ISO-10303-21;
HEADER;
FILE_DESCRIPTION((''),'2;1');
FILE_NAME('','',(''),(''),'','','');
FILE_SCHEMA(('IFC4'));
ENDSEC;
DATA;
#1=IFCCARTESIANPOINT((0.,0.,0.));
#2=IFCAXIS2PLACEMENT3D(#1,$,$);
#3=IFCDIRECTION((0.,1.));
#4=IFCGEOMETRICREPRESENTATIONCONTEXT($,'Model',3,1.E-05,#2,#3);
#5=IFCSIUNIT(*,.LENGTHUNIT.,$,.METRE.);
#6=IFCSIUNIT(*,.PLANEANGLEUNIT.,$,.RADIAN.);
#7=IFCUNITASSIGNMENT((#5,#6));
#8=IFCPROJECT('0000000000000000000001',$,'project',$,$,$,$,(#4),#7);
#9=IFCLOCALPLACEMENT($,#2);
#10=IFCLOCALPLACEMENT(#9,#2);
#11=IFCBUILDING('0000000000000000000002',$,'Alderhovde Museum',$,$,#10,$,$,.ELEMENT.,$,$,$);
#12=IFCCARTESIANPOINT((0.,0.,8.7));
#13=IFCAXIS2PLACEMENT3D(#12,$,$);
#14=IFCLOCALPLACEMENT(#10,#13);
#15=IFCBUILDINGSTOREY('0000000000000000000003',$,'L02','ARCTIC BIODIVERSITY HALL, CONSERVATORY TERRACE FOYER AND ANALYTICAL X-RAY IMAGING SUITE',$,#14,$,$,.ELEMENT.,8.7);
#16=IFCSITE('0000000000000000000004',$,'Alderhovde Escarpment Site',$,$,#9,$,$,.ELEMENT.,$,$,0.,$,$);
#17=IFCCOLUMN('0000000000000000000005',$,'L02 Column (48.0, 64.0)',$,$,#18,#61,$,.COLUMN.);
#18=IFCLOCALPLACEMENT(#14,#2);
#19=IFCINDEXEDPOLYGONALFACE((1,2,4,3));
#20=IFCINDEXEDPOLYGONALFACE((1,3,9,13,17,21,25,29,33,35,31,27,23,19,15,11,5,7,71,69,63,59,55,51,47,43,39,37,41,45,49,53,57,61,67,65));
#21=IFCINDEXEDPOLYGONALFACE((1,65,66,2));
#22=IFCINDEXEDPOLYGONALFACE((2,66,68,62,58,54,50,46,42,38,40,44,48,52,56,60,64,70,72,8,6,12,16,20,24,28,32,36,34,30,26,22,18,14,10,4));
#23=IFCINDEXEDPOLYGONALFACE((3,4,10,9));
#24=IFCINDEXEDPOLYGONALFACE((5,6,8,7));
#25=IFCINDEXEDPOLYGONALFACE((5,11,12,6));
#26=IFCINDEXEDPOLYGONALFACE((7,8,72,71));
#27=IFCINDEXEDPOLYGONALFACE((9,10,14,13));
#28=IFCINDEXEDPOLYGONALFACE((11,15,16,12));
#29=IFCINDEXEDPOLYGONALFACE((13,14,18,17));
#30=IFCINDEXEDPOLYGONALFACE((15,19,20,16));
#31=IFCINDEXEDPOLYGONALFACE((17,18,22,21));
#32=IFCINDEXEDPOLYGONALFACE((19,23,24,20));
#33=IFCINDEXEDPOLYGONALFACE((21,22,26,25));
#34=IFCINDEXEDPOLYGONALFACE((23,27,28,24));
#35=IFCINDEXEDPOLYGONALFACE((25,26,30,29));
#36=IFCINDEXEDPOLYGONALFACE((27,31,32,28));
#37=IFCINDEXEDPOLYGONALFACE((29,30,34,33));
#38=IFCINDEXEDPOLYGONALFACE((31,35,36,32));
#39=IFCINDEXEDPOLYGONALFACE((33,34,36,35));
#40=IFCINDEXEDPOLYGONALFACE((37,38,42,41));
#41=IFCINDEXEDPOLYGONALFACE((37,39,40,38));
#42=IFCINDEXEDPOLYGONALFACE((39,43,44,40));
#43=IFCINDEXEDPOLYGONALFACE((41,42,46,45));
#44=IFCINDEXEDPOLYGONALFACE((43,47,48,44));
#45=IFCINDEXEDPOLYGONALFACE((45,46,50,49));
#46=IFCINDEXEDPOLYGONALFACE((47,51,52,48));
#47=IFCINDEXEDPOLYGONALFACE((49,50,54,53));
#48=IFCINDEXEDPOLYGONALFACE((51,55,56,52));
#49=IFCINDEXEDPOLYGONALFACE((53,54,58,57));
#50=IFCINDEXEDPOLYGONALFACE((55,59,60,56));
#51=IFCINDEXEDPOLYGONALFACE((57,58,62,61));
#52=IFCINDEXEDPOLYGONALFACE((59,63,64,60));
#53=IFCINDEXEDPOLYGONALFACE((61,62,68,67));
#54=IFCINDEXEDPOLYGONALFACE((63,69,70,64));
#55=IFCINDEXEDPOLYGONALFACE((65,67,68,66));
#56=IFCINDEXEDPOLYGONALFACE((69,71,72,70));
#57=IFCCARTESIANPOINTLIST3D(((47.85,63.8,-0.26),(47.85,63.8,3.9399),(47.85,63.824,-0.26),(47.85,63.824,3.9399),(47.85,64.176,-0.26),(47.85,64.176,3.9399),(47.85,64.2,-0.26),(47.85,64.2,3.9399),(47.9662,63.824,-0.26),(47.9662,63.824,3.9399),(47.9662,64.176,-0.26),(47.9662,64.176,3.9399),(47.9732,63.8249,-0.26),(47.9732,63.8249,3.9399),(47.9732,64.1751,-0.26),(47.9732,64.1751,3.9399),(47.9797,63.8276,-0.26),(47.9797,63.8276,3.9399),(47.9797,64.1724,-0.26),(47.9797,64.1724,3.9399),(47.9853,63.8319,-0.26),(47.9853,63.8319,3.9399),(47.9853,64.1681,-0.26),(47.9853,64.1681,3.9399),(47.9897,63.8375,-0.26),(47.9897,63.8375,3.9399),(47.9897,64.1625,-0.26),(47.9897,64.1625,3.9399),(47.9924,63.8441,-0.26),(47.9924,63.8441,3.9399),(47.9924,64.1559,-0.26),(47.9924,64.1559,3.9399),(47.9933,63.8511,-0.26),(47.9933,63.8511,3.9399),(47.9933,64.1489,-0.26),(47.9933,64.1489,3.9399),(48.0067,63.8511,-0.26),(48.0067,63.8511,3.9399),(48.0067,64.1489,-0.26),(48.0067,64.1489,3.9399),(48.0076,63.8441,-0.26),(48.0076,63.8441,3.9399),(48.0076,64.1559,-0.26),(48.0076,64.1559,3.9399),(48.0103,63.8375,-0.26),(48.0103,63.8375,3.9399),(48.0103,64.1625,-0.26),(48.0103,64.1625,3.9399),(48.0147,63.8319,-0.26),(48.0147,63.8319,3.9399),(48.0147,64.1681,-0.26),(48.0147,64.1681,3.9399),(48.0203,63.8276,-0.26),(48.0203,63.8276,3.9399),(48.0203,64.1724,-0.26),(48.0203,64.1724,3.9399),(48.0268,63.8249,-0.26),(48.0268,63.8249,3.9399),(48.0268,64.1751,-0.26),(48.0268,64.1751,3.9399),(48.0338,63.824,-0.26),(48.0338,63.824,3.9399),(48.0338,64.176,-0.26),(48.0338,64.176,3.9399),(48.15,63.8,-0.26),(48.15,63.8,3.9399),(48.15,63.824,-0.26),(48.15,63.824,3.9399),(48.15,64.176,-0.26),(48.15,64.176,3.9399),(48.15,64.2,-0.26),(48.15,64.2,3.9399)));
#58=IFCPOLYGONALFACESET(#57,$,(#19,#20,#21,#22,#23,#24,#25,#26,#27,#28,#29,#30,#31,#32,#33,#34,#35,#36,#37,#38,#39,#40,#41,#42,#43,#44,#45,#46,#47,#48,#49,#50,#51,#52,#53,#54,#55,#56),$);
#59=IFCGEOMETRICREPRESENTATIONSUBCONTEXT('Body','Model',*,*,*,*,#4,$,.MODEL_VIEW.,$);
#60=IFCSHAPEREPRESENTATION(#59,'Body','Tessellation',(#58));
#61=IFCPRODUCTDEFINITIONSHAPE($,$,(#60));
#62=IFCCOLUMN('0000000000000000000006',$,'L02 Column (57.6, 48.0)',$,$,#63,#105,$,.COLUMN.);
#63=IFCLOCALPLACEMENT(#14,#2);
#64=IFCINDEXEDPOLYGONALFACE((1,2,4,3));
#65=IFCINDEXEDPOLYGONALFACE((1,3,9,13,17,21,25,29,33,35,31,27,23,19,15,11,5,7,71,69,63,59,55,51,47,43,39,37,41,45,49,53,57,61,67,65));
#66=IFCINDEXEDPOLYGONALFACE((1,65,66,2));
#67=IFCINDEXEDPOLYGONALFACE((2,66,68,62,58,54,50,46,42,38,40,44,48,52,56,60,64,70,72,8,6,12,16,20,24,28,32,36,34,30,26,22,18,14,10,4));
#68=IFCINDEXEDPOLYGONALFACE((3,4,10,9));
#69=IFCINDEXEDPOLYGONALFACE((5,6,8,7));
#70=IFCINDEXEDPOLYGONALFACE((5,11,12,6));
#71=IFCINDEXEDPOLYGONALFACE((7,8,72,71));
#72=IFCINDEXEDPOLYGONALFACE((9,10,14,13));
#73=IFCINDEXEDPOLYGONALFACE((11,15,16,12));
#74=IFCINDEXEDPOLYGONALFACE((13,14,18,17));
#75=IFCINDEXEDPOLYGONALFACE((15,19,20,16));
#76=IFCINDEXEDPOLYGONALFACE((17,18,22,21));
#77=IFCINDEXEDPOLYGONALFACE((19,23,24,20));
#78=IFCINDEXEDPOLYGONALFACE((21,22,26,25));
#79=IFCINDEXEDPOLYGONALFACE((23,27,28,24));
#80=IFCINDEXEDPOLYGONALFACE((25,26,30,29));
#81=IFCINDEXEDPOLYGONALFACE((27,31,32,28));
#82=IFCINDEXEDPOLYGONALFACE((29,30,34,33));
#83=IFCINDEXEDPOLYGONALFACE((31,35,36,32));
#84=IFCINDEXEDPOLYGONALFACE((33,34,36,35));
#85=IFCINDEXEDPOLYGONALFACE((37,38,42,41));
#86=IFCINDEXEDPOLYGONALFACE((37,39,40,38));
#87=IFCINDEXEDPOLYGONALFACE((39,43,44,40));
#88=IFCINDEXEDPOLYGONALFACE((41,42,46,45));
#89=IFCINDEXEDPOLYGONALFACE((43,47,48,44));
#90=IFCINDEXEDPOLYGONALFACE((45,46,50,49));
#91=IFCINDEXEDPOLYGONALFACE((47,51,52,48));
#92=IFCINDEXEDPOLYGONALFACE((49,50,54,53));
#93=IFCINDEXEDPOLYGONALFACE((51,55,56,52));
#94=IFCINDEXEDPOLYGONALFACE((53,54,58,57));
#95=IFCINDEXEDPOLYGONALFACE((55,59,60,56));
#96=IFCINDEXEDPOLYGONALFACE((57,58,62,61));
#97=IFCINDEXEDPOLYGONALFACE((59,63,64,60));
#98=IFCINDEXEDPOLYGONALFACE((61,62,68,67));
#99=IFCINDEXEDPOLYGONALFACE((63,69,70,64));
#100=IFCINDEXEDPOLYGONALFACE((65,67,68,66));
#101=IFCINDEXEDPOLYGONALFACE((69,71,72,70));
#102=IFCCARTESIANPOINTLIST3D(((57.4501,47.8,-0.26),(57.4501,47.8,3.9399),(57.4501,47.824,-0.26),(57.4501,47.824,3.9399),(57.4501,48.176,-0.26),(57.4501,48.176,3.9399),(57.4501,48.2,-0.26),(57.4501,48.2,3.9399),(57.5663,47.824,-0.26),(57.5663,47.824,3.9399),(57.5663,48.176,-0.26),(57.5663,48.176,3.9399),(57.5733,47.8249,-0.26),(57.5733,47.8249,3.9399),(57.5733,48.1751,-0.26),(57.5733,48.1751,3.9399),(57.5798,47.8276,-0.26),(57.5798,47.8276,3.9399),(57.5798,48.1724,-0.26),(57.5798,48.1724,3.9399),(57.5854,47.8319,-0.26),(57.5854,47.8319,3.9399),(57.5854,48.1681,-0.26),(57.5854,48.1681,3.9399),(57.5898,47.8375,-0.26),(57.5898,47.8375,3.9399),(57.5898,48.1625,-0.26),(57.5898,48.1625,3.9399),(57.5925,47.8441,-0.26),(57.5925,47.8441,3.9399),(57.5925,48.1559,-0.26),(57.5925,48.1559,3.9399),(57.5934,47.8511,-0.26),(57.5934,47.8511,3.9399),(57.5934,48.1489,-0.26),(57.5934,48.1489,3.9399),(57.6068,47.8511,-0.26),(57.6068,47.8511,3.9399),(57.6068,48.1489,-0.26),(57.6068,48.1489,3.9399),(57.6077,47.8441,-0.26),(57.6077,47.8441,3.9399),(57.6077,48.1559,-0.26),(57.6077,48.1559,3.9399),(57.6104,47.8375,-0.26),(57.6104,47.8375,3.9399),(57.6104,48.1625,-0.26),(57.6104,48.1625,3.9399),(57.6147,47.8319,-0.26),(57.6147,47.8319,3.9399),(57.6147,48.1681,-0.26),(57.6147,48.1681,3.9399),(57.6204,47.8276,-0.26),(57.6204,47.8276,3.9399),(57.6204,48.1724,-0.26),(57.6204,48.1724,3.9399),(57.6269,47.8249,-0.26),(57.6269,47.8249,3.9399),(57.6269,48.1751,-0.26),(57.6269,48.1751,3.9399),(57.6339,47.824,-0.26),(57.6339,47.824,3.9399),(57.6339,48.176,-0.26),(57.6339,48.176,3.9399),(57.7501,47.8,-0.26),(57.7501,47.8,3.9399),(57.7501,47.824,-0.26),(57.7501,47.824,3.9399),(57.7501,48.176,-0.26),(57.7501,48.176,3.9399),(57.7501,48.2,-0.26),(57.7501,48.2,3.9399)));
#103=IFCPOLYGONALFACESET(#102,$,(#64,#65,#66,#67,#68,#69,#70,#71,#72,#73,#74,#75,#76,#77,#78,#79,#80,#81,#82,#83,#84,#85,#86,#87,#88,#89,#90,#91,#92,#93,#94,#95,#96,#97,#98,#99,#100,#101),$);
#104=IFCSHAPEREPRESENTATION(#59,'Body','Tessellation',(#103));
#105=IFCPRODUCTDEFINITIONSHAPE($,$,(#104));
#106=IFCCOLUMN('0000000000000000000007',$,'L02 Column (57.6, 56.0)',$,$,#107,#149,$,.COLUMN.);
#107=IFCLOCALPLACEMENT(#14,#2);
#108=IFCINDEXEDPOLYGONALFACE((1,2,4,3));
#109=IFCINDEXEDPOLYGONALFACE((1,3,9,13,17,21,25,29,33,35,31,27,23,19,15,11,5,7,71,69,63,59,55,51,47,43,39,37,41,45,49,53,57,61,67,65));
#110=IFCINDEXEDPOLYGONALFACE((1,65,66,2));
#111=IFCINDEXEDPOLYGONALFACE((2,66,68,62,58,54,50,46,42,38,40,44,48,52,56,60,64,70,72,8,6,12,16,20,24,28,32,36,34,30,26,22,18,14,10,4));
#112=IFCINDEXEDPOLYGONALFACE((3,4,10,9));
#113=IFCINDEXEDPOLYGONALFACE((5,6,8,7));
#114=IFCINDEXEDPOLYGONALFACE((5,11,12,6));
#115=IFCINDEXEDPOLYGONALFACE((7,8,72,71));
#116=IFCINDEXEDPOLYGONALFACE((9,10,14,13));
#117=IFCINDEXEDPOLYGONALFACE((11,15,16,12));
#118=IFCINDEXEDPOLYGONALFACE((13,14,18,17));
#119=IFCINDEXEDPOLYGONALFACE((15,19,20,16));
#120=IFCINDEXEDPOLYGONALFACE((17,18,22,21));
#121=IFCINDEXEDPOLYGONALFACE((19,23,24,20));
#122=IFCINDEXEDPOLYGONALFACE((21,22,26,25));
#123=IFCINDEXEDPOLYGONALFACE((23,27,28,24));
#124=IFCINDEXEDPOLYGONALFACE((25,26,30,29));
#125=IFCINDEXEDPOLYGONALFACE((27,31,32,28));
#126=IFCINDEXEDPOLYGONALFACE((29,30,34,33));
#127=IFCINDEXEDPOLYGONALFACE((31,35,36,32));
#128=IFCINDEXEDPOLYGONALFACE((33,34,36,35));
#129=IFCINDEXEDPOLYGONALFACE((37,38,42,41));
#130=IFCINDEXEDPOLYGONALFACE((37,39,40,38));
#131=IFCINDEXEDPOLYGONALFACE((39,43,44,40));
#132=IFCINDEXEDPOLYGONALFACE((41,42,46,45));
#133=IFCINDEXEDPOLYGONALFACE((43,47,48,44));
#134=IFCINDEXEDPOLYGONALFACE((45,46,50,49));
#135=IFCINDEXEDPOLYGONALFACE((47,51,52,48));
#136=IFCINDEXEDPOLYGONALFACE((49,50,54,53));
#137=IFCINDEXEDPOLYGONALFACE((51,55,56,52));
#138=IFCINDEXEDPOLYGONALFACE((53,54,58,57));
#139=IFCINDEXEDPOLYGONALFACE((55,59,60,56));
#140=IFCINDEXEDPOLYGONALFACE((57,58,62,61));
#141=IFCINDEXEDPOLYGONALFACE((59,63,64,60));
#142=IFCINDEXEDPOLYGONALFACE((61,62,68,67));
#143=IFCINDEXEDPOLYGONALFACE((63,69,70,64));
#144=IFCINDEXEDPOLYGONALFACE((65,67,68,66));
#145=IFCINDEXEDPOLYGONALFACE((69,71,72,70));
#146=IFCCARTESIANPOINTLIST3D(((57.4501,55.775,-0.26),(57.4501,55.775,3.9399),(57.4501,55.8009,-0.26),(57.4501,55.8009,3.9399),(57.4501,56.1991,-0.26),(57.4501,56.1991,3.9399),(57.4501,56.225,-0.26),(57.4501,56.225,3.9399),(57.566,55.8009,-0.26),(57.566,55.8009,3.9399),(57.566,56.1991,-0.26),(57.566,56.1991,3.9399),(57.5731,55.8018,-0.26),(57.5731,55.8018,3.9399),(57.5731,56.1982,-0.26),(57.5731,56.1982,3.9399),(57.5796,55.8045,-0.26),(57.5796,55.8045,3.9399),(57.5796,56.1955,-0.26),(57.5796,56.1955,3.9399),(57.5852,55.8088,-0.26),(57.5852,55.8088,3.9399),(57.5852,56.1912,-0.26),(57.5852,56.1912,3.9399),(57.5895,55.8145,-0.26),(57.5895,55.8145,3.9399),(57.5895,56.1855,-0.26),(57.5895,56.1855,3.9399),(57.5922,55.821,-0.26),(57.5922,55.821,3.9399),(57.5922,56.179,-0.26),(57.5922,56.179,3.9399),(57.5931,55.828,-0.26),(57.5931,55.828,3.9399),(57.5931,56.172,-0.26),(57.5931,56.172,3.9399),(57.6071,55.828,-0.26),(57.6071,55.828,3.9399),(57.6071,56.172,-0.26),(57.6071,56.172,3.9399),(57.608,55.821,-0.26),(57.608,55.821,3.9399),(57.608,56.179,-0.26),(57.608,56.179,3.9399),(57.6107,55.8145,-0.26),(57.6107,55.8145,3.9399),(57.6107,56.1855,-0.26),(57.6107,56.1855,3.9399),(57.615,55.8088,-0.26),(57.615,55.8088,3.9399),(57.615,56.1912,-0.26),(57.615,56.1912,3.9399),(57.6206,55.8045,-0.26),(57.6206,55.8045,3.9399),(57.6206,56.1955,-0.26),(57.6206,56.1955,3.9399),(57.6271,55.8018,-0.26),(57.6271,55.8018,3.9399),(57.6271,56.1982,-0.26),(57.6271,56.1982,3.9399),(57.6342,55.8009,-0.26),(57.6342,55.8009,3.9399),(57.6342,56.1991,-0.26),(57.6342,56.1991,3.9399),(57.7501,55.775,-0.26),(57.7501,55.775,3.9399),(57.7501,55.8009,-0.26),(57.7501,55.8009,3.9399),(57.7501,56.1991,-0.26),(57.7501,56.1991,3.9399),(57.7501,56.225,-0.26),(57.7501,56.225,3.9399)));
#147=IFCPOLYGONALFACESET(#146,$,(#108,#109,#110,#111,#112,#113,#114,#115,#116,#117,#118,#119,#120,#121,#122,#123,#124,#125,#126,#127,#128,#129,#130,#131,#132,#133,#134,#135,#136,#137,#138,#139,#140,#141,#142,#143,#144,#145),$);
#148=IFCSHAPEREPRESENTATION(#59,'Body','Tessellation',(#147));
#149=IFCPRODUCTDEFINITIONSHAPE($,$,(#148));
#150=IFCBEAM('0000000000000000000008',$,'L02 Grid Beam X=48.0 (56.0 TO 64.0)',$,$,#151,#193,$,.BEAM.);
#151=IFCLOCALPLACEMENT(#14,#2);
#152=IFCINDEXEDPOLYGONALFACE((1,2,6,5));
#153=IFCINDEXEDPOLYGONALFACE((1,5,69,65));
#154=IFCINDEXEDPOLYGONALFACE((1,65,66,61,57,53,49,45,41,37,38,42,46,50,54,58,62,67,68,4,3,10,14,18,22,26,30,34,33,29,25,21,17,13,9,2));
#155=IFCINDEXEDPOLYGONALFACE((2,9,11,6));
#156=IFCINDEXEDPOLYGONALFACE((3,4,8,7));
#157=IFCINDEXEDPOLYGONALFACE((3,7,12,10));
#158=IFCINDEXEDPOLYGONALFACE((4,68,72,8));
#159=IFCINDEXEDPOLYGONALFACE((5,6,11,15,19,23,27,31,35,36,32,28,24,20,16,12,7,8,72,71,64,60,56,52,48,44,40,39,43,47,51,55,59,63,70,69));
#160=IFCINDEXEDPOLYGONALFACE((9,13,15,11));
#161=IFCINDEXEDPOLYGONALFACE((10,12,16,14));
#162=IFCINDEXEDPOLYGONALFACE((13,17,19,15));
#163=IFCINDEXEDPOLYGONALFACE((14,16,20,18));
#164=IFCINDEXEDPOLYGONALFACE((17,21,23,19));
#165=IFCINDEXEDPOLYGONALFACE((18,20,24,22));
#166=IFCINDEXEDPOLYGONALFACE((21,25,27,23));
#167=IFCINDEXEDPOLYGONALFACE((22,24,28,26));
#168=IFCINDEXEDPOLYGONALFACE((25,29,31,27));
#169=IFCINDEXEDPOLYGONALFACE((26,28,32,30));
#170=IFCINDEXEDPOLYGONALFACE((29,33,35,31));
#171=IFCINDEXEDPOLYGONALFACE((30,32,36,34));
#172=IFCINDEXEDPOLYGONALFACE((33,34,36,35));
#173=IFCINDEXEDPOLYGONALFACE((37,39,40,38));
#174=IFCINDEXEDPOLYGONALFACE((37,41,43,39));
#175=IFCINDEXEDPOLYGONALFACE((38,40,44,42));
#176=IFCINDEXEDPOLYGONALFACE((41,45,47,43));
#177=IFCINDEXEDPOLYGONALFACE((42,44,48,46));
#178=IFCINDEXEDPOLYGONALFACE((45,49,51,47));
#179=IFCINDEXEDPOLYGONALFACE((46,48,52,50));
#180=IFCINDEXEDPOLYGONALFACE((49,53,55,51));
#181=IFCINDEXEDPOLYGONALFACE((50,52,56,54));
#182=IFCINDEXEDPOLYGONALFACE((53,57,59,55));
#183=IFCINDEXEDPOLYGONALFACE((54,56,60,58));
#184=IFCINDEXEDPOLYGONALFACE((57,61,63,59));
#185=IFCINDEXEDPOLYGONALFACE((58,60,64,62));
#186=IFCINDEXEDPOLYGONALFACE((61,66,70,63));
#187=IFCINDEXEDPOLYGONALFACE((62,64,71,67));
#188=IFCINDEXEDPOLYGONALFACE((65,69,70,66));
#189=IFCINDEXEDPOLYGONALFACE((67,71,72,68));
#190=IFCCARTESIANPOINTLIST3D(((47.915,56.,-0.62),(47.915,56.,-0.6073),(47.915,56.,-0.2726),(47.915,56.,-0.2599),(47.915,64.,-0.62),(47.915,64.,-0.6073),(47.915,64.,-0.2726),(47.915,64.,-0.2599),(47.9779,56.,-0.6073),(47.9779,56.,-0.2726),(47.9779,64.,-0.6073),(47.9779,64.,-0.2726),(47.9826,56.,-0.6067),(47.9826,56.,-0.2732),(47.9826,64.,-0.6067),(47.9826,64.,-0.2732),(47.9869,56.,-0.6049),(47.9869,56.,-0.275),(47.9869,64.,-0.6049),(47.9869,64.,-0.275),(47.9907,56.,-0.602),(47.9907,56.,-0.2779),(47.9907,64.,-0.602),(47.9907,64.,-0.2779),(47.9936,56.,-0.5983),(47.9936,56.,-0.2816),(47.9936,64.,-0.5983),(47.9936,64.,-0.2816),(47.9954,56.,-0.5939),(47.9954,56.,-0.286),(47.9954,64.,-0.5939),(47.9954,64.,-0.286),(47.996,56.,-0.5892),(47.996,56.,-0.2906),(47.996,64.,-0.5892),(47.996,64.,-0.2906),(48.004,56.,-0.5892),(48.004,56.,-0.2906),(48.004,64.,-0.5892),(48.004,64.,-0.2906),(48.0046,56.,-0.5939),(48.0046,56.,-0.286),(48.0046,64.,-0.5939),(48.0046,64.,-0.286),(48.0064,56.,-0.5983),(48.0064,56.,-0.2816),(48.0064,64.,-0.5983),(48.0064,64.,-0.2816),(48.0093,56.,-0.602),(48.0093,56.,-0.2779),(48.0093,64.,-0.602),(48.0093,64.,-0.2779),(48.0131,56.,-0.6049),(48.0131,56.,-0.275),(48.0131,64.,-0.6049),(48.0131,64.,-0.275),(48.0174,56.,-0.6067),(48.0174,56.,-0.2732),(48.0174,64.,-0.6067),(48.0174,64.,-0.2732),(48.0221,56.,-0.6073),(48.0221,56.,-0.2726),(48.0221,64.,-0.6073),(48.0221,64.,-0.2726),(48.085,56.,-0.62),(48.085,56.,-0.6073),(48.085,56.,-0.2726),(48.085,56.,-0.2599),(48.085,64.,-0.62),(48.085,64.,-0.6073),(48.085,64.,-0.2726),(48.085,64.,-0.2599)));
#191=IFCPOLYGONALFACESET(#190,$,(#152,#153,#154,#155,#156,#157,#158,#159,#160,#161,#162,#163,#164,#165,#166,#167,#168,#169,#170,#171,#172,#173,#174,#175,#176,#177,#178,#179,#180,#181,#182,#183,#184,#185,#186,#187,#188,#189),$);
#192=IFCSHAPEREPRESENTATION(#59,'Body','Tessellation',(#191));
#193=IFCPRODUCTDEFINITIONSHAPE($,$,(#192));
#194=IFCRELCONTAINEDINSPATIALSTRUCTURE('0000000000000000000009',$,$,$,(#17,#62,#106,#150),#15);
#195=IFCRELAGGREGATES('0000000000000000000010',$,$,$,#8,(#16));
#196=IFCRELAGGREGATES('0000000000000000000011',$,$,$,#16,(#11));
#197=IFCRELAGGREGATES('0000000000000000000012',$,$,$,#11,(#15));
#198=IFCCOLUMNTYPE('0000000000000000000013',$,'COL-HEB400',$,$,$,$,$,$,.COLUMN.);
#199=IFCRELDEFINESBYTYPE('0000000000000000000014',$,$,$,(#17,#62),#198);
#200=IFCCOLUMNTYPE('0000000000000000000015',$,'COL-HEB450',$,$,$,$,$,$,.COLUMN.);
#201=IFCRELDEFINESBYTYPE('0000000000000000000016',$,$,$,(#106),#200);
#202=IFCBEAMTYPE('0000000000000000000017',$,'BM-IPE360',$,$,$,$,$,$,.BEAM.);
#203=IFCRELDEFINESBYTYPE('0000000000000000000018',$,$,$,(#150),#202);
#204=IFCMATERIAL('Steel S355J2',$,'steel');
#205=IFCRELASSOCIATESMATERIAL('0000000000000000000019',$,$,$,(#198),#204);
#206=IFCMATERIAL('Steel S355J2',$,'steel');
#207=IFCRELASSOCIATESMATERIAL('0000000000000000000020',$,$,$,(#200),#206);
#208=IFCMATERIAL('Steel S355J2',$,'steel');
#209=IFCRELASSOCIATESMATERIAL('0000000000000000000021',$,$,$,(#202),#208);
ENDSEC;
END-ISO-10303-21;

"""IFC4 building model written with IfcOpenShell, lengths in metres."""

from ifc_helpers import new_model, si_unit, direction, frame, origin, origin_2d, place, context, subcontext, project, spatial, i_section, extrude, material, material_profile, profile_set, type_object, element, save


model = new_model("IFC4")

# Units and contexts
model_context = context("Model", 3, precision=1e-05, world=origin(), true_north=direction((0.0, 1.0)))
body_context = subcontext(model_context, "Body", "Model", "MODEL_VIEW")
ifc_project = project(units=[si_unit("LENGTHUNIT", "METRE"), si_unit("PLANEANGLEUNIT", "RADIAN")], contexts=[model_context])

# Site, building, storey
site_placement = place(None, origin())
site = spatial("IfcSite", under=ifc_project, at=site_placement, Name="Alderhovde Escarpment Site", CompositionType="ELEMENT", RefElevation=0.0)
building_placement = place(site_placement, origin())
building = spatial("IfcBuilding", under=site, at=building_placement, Name="Alderhovde Museum", CompositionType="ELEMENT")
storey_placement = place(building_placement, frame((0.0, 0.0, 8.7)))
storey = spatial("IfcBuildingStorey", under=building, at=storey_placement, Name="L02", Description="ARCTIC BIODIVERSITY HALL, CONSERVATORY TERRACE FOYER AND ANALYTICAL X-RAY IMAGING SUITE", CompositionType="ELEMENT", Elevation=8.7)

# Columns
ifc_material_1 = material(Name="Steel S355J2", Category="steel")
ifc_material_profile_1 = material_profile(ifc_material_1, i_section(OverallWidth=0.3, OverallDepth=0.3999, WebThickness=0.0134, FlangeThickness=0.0239, FilletRadius=0.0271, at=origin_2d()), Name="HEB 400")
ifc_profile_set_1 = profile_set([ifc_material_profile_1], Name="Steel S355J2")
column_type_1 = type_object("IfcColumnType", Name="COL-HEB400", PredefinedType="COLUMN", material=ifc_profile_set_1)
for number, where, z_axis, x_axis, name in (
    (1, (48.0, 64.0, -0.26), (0.0, 0.0, 1.0), (1.0, 0.0, 0.0), "L02 Column (48.0, 64.0)"),
    (2, (57.6001, 48.0, -0.26), (0.0, 0.0, 1.0), (1.0, 0.0, 0.0), "L02 Column (57.6, 48.0)"),
):
    element("IfcColumn", number, at=place(storey_placement, frame(where, z_axis=z_axis, x_axis=x_axis)), inside=storey, type_object=column_type_1, Name=name, PredefinedType="COLUMN", context=body_context, shape_type="SweptSolid", body=[
        extrude(i_section(OverallWidth=0.3, OverallDepth=0.3999, WebThickness=0.0134, FlangeThickness=0.0239, FilletRadius=0.0271, at=origin_2d()), origin(), (0.0, 0.0, 1.0), 4.2),
    ])
ifc_material_2 = material(Name="Steel S355J2", Category="steel")
ifc_material_profile_2 = material_profile(ifc_material_2, i_section(OverallWidth=0.3, OverallDepth=0.45, WebThickness=0.0139, FlangeThickness=0.0259, FilletRadius=0.0271, at=origin_2d()), Name="HEB 450")
ifc_profile_set_2 = profile_set([ifc_material_profile_2], Name="Steel S355J2")
column_type_2 = type_object("IfcColumnType", Name="COL-HEB450", PredefinedType="COLUMN", material=ifc_profile_set_2)
column_placement = place(storey_placement, frame((57.6001, 56.0, -0.26), z_axis=(0.0, 0.0, 1.0), x_axis=(1.0, 0.0, 0.0)))
element("IfcColumn", 3, at=column_placement, inside=storey, type_object=column_type_2, Name="L02 Column (57.6, 56.0)", PredefinedType="COLUMN", context=body_context, shape_type="SweptSolid", body=[
    extrude(i_section(OverallWidth=0.3, OverallDepth=0.45, WebThickness=0.0139, FlangeThickness=0.0259, FilletRadius=0.0271, at=origin_2d()), origin(), (0.0, 0.0, 1.0), 4.2),
])

# Beam
ifc_material_3 = material(Name="Steel S355J2", Category="steel")
ifc_material_profile_3 = material_profile(ifc_material_3, i_section(OverallWidth=0.1699, OverallDepth=0.3601, WebThickness=0.0081, FlangeThickness=0.0127, FilletRadius=0.0181, at=origin_2d()), Name="IPE 360")
ifc_profile_set_3 = profile_set([ifc_material_profile_3], Name="Steel S355J2")
beam_type_1 = type_object("IfcBeamType", Name="BM-IPE360", PredefinedType="BEAM", material=ifc_profile_set_3)
for number, where, z_axis, x_axis, name in (
    (4, (48.0, 56.0, -0.4399), (0.0, 1.0, 0.0), (-1.0, 0.0, 0.0), "L02 Grid Beam X=48.0 (56.0 TO 64.0)"),
):
    element("IfcBeam", number, at=place(storey_placement, frame(where, z_axis=z_axis, x_axis=x_axis)), inside=storey, type_object=beam_type_1, Name=name, PredefinedType="BEAM", context=body_context, shape_type="SweptSolid", body=[
        extrude(i_section(OverallWidth=0.1699, OverallDepth=0.3601, WebThickness=0.0081, FlangeThickness=0.0127, FilletRadius=0.0181, at=origin_2d()), origin(), (0.0, 0.0, 1.0), 8.0),
    ])

save(model, "model.ifc")
